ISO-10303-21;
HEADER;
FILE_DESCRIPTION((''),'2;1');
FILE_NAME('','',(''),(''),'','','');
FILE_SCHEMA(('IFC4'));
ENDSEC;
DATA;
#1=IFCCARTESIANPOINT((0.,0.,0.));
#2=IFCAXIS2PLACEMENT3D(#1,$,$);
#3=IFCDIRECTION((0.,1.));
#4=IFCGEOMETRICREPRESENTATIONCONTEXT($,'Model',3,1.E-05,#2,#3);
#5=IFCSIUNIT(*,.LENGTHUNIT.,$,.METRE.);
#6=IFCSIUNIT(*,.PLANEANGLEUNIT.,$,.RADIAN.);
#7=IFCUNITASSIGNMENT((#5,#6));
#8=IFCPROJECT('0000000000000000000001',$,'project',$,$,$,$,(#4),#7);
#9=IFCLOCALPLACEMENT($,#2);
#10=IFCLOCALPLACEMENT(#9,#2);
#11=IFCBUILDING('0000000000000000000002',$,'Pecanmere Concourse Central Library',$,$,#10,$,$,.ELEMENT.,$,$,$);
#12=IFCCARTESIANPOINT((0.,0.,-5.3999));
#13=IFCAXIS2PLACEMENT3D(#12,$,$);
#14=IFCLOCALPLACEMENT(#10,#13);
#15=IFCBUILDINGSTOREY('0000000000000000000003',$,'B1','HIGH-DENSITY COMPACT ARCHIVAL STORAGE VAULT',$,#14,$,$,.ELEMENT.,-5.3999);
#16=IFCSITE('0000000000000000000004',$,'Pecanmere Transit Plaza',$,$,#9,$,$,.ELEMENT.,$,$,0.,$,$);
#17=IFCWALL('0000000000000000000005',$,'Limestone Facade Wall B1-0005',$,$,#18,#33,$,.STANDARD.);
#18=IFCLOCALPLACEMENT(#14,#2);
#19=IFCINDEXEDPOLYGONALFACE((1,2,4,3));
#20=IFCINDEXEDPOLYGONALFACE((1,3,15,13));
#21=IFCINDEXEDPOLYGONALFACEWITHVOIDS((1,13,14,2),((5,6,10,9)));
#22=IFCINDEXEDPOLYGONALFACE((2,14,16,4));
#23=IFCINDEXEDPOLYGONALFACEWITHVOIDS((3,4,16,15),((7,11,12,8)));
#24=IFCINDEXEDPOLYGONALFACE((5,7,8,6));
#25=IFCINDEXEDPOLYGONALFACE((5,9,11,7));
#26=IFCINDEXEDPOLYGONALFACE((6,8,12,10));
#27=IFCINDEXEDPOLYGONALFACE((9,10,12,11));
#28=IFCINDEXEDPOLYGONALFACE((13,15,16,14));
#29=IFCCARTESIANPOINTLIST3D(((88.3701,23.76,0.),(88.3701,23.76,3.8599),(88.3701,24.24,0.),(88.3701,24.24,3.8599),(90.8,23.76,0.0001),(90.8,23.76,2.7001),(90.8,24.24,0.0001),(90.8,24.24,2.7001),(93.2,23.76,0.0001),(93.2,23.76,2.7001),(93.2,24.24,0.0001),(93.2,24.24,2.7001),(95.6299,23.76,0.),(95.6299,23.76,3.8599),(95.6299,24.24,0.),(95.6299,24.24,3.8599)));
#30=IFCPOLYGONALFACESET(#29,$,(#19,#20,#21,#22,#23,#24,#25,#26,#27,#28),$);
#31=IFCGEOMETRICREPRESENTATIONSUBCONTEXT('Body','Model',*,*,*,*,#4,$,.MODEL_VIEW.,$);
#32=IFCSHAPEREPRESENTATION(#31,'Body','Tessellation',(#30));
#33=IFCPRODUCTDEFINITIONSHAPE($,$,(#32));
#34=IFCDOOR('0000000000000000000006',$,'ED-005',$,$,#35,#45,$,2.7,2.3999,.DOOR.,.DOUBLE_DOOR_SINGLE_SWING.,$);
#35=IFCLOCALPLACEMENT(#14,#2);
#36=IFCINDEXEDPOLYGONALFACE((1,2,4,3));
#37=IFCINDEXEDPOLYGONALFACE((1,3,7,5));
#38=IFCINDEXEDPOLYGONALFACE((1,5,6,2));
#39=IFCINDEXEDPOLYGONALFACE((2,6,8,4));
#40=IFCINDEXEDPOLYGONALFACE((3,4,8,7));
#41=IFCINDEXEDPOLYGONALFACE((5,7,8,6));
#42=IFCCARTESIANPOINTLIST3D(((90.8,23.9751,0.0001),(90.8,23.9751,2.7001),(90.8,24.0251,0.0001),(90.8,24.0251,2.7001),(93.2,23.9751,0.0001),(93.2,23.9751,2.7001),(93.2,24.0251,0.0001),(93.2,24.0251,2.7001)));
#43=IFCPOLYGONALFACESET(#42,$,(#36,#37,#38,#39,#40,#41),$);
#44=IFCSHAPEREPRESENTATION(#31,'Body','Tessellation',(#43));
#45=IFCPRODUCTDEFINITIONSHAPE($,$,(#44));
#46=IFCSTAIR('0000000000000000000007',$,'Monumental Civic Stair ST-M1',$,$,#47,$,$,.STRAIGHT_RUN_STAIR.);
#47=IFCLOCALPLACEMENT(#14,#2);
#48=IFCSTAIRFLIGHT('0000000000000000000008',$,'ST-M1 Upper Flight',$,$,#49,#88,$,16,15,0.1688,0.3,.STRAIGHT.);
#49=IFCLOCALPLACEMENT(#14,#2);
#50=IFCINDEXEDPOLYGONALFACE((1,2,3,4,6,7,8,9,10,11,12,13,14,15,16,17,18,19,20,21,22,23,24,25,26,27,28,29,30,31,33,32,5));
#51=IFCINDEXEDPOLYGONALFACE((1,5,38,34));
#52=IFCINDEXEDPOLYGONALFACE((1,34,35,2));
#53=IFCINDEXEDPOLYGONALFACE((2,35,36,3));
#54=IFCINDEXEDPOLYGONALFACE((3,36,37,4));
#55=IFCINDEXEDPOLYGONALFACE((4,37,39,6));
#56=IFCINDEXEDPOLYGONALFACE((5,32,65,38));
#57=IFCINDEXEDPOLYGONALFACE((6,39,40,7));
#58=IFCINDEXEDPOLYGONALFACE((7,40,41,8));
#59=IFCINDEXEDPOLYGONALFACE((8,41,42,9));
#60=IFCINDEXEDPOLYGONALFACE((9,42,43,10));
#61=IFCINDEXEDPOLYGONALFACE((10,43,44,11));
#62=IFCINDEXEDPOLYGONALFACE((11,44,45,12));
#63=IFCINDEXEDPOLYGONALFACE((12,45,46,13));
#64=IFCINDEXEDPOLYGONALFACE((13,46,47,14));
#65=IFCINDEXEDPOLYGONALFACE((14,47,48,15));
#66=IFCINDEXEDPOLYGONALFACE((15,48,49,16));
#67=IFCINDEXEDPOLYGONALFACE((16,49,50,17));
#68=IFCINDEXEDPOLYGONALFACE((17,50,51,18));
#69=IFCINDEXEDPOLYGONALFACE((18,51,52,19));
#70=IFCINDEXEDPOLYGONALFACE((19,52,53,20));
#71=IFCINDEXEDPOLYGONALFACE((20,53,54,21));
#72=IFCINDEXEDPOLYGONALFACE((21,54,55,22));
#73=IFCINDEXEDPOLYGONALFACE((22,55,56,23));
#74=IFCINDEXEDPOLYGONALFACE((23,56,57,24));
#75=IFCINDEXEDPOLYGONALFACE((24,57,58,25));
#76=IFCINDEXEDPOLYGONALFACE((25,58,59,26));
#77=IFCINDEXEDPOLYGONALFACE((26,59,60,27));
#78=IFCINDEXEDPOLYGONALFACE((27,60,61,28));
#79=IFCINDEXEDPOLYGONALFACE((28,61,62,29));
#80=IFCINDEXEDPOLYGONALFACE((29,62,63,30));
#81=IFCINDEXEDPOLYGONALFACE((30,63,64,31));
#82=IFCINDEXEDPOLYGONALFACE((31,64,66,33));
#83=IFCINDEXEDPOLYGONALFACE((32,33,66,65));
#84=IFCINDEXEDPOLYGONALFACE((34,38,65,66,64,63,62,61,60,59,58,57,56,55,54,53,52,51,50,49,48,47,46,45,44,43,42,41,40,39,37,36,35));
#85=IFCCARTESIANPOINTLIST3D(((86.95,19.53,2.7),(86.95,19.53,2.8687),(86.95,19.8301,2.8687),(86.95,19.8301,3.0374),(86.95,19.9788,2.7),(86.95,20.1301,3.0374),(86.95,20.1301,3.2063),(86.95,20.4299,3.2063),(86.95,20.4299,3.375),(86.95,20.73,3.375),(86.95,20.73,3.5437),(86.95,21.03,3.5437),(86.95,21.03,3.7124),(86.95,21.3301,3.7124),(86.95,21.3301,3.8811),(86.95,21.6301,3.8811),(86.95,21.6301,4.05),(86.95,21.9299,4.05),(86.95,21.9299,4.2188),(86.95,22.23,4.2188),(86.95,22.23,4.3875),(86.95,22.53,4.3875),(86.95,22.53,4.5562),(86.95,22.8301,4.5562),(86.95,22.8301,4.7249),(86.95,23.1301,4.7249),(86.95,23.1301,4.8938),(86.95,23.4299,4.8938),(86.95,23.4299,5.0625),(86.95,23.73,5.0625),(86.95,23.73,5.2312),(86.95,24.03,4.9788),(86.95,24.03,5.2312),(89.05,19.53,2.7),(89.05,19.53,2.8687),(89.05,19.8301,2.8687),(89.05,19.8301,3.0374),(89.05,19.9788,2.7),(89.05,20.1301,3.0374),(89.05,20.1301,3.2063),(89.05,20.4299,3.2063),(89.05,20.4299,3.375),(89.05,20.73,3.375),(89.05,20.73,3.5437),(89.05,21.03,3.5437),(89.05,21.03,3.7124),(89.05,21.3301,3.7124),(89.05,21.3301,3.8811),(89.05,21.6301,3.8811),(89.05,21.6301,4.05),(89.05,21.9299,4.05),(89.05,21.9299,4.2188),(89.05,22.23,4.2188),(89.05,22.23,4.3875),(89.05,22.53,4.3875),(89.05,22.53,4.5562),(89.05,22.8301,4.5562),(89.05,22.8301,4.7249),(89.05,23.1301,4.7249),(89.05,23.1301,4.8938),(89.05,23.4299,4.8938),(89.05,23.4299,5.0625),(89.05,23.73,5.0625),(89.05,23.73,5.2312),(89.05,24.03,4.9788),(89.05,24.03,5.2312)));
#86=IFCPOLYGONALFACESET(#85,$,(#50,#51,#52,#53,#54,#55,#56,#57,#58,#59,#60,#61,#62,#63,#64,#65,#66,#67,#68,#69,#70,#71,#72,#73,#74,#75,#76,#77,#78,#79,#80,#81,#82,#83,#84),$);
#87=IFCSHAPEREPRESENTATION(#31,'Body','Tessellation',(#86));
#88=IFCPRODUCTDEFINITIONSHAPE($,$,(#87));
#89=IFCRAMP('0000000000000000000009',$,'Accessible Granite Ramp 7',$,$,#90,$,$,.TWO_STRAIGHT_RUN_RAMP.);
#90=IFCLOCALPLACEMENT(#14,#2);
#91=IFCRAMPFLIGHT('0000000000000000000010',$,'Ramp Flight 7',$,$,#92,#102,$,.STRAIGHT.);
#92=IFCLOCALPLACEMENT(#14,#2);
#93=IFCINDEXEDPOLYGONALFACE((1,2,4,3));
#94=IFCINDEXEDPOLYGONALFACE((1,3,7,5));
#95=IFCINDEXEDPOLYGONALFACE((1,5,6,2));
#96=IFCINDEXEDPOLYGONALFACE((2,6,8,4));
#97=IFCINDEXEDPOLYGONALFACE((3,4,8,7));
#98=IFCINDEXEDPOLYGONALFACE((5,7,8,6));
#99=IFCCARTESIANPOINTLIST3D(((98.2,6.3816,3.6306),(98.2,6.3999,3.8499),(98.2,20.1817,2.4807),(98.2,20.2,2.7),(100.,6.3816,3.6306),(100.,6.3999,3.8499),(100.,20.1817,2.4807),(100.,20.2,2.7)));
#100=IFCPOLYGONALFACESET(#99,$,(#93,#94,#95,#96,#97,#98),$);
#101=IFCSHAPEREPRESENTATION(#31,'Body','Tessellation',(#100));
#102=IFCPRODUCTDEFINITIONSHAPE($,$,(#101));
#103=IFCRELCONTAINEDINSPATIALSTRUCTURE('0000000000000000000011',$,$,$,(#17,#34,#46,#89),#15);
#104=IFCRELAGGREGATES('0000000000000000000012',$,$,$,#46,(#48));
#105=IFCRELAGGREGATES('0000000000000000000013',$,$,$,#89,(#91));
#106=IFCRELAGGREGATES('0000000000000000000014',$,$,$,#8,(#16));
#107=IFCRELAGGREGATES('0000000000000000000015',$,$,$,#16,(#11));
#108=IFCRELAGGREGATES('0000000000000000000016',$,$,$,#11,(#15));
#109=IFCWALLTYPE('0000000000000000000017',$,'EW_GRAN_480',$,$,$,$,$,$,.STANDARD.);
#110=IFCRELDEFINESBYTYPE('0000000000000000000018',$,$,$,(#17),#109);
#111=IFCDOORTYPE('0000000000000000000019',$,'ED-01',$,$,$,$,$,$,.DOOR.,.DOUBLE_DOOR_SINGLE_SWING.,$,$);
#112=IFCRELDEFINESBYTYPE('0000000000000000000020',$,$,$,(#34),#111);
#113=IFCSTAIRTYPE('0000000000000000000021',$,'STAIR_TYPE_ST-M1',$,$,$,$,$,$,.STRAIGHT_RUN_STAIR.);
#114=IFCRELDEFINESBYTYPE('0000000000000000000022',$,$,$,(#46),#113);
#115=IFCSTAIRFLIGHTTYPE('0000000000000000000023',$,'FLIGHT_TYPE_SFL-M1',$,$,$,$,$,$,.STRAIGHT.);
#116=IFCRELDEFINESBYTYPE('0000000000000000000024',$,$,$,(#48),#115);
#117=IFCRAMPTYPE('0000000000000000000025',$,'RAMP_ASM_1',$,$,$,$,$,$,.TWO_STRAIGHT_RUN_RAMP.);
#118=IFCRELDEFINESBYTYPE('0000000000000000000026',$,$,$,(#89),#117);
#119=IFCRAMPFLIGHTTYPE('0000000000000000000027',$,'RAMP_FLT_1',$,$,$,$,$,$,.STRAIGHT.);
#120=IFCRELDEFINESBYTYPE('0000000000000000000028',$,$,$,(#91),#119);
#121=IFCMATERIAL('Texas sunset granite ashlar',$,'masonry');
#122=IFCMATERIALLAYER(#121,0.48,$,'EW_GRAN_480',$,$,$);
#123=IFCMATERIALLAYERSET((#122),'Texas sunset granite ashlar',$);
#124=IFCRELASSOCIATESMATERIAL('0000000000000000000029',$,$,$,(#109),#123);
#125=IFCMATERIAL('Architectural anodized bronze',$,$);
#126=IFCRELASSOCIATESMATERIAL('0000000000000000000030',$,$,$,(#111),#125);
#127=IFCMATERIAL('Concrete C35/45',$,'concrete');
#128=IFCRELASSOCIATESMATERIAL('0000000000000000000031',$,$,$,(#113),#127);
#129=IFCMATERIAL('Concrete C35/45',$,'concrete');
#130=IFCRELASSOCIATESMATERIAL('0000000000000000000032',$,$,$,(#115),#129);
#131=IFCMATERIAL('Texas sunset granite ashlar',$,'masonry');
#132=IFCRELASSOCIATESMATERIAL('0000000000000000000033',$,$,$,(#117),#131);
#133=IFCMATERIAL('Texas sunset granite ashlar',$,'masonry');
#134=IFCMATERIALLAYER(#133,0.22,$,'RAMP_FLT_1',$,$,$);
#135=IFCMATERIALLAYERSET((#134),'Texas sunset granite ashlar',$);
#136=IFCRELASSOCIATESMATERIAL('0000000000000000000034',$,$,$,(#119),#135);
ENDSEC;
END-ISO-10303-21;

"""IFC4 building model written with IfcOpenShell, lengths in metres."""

from ifc_helpers import new_model, si_unit, direction, frame, frame_2d, origin, place, context, subcontext, project, spatial, polyline, rectangle, outline, extrude, material, layer, layer_set, type_object, element, fill, aggregate, save


model = new_model("IFC4")

# Units and contexts
model_context = context("Model", 3, precision=1e-05, world=origin(), true_north=direction((0.0, 1.0)))
body_context = subcontext(model_context, "Body", "Model", "MODEL_VIEW")
ifc_project = project(units=[si_unit("LENGTHUNIT", "METRE"), si_unit("PLANEANGLEUNIT", "RADIAN")], contexts=[model_context])

# Site, building, storey
site_placement = place(None, origin())
site = spatial("IfcSite", under=ifc_project, at=site_placement, Name="Pecanmere Transit Plaza", CompositionType="ELEMENT", RefElevation=0.0)
building_placement = place(site_placement, origin())
building = spatial("IfcBuilding", under=site, at=building_placement, Name="Pecanmere Concourse Central Library", CompositionType="ELEMENT")
storey_placement = place(building_placement, frame((0.0, 0.0, -5.3999)))
storey = spatial("IfcBuildingStorey", under=building, at=storey_placement, Name="B1", Description="HIGH-DENSITY COMPACT ARCHIVAL STORAGE VAULT", CompositionType="ELEMENT", Elevation=-5.3999)

# Wall, opening, door
ifc_material_1 = material(Name="Texas sunset granite ashlar", Category="masonry")
ifc_layer_1 = layer(ifc_material_1, 0.48, Name="EW_GRAN_480")
ifc_layer_set_1 = layer_set([ifc_layer_1], Name="Texas sunset granite ashlar")
wall_type = type_object("IfcWallType", Name="EW_GRAN_480", PredefinedType="STANDARD", material=ifc_layer_set_1)
wall_placement = place(storey_placement, frame((88.3701, 24.0, 0.0), z_axis=(0.0, 0.0, 1.0), x_axis=(1.0, 0.0, 0.0)))
wall = element("IfcWall", 1, at=wall_placement, inside=storey, type_object=wall_type, Name="Limestone Facade Wall B1-0005", PredefinedType="STANDARD", context=body_context, shape_type="SweptSolid", body=[
    extrude(rectangle(XDim=7.2598, YDim=0.48, at=frame_2d((3.6299, 0.0))), origin(), (0.0, 0.0, 1.0), 3.8599),
])
opening_placement = place(wall_placement, frame((2.4299, 0.0, 0.0)))
opening = element("IfcOpeningElement", 2, at=opening_placement, cuts=wall, PredefinedType="OPENING", context=body_context, shape_type="SweptSolid", body=[
    extrude(rectangle(XDim=2.3999, YDim=2.7, at=frame_2d((1.2, 1.3501))), frame((0.0, 0.252, 0.0), z_axis=(0.0, -1.0, 0.0), x_axis=(1.0, 0.0, 0.0)), (0.0, 0.0, 1.0), 0.5039),
])
ifc_material_2 = material(Name="Architectural anodized bronze")
door_type = type_object("IfcDoorType", Name="ED-01", OperationType="DOUBLE_DOOR_SINGLE_SWING", PredefinedType="DOOR", material=ifc_material_2)
door_placement = place(opening_placement, frame((2.3999, 0.0, 0.0), z_axis=(0.0, 0.0, 1.0), x_axis=(-1.0, 0.0, 0.0)))
door = element("IfcDoor", 3, at=door_placement, inside=storey, type_object=door_type, Name="ED-005", OperationType="DOUBLE_DOOR_SINGLE_SWING", OverallHeight=2.7, OverallWidth=2.3999, PredefinedType="DOOR", context=body_context, shape_type="SweptSolid", body=[
    extrude(rectangle(XDim=2.3999, YDim=2.7, at=frame_2d((1.2, 1.3501))), frame((0.0, 0.0249, 0.0), z_axis=(0.0, -1.0, 0.0), x_axis=(1.0, 0.0, 0.0)), (0.0, 0.0, 1.0), 0.05),
])
fill(opening, door)

# Stair, stair flight
ifc_material_3 = material(Name="Concrete C35/45", Category="concrete")
stair_type = type_object("IfcStairType", Name="STAIR_TYPE_ST-M1", PredefinedType="STRAIGHT_RUN_STAIR", material=ifc_material_3)
stair_placement = place(storey_placement, origin())
stair = element("IfcStair", 4, at=stair_placement, inside=storey, type_object=stair_type, Name="Monumental Civic Stair ST-M1", PredefinedType="STRAIGHT_RUN_STAIR")
ifc_material_4 = material(Name="Concrete C35/45", Category="concrete")
stair_flight_type = type_object("IfcStairFlightType", Name="FLIGHT_TYPE_SFL-M1", PredefinedType="STRAIGHT", material=ifc_material_4)
stair_flight_placement = place(storey_placement, frame((88.0, 19.53, 2.7), z_axis=(0.0, 0.0, 1.0), x_axis=(0.0, 1.0, 0.0)))
stair_flight = element("IfcStairFlight", 5, at=stair_flight_placement, type_object=stair_flight_type, Name="ST-M1 Upper Flight", NumberOfRisers=16, NumberOfTreads=15, PredefinedType="STRAIGHT", RiserHeight=0.1688, TreadLength=0.3, context=body_context, shape_type="SweptSolid", body=[
    extrude(outline(polyline([(0.0, 0.0), (0.0, 0.1687), (0.3, 0.1687), (0.3, 0.3374), (0.6001, 0.3374), (0.6001, 0.5063), (0.8999, 0.5063), (0.8999, 0.675), (1.2, 0.675), (1.2, 0.8438), (1.5, 0.8438), (1.5, 1.0125), (1.8, 1.0125), (1.8, 1.1812), (2.1001, 1.1812), (2.1001, 1.3501), (2.3999, 1.3501), (2.3999, 1.5188), (2.7, 1.5188), (2.7, 1.6875), (3.0, 1.6875), (3.0, 1.8562), (3.3, 1.8562), (3.3, 2.0249), (3.6001, 2.0249), (3.6001, 2.1938), (3.8999, 2.1938), (3.8999, 2.3625), (4.2, 2.3625), (4.2, 2.5312), (4.5, 2.5312), (4.5, 2.7), (4.5, 2.2788), (0.4487, 0.0), (0.0, 0.0)])), frame((0.0, 1.05, 0.0), z_axis=(0.0, -1.0, 0.0), x_axis=(1.0, 0.0, 0.0)), (0.0, 0.0, 1.0), 2.1001),
])
aggregate(stair, [stair_flight])

# Ramp, ramp flight
ifc_material_5 = material(Name="Texas sunset granite ashlar", Category="masonry")
ramp_type = type_object("IfcRampType", Name="RAMP_ASM_1", PredefinedType="TWO_STRAIGHT_RUN_RAMP", material=ifc_material_5)
ramp_placement = place(storey_placement, origin())
ramp = element("IfcRamp", 6, at=ramp_placement, inside=storey, type_object=ramp_type, Name="Accessible Granite Ramp 7", PredefinedType="TWO_STRAIGHT_RUN_RAMP")
ifc_material_6 = material(Name="Texas sunset granite ashlar", Category="masonry")
ifc_layer_2 = layer(ifc_material_6, 0.22, Name="RAMP_FLT_1")
ifc_layer_set_2 = layer_set([ifc_layer_2], Name="Texas sunset granite ashlar")
ramp_flight_type = type_object("IfcRampFlightType", Name="RAMP_FLT_1", PredefinedType="STRAIGHT", material=ifc_layer_set_2)
ramp_flight_placement = place(storey_placement, frame((98.2, 20.2, 2.7), z_axis=(0.0, 0.083038, 0.996546), x_axis=(1.0, 0.0, 0.0)))
ramp_flight = element("IfcRampFlight", 7, at=ramp_flight_placement, type_object=ramp_flight_type, Name="Ramp Flight 7", PredefinedType="STRAIGHT", context=body_context, shape_type="SweptSolid", body=[
    extrude(outline(polyline([(0.0, 0.0), (1.8, 0.0), (1.8, -13.8479), (0.0, -13.8479), (0.0, 0.0)])), origin(), (0.0, 0.0, -1.0), 0.22),
])
aggregate(ramp, [ramp_flight])

save(model, "model.ifc")
